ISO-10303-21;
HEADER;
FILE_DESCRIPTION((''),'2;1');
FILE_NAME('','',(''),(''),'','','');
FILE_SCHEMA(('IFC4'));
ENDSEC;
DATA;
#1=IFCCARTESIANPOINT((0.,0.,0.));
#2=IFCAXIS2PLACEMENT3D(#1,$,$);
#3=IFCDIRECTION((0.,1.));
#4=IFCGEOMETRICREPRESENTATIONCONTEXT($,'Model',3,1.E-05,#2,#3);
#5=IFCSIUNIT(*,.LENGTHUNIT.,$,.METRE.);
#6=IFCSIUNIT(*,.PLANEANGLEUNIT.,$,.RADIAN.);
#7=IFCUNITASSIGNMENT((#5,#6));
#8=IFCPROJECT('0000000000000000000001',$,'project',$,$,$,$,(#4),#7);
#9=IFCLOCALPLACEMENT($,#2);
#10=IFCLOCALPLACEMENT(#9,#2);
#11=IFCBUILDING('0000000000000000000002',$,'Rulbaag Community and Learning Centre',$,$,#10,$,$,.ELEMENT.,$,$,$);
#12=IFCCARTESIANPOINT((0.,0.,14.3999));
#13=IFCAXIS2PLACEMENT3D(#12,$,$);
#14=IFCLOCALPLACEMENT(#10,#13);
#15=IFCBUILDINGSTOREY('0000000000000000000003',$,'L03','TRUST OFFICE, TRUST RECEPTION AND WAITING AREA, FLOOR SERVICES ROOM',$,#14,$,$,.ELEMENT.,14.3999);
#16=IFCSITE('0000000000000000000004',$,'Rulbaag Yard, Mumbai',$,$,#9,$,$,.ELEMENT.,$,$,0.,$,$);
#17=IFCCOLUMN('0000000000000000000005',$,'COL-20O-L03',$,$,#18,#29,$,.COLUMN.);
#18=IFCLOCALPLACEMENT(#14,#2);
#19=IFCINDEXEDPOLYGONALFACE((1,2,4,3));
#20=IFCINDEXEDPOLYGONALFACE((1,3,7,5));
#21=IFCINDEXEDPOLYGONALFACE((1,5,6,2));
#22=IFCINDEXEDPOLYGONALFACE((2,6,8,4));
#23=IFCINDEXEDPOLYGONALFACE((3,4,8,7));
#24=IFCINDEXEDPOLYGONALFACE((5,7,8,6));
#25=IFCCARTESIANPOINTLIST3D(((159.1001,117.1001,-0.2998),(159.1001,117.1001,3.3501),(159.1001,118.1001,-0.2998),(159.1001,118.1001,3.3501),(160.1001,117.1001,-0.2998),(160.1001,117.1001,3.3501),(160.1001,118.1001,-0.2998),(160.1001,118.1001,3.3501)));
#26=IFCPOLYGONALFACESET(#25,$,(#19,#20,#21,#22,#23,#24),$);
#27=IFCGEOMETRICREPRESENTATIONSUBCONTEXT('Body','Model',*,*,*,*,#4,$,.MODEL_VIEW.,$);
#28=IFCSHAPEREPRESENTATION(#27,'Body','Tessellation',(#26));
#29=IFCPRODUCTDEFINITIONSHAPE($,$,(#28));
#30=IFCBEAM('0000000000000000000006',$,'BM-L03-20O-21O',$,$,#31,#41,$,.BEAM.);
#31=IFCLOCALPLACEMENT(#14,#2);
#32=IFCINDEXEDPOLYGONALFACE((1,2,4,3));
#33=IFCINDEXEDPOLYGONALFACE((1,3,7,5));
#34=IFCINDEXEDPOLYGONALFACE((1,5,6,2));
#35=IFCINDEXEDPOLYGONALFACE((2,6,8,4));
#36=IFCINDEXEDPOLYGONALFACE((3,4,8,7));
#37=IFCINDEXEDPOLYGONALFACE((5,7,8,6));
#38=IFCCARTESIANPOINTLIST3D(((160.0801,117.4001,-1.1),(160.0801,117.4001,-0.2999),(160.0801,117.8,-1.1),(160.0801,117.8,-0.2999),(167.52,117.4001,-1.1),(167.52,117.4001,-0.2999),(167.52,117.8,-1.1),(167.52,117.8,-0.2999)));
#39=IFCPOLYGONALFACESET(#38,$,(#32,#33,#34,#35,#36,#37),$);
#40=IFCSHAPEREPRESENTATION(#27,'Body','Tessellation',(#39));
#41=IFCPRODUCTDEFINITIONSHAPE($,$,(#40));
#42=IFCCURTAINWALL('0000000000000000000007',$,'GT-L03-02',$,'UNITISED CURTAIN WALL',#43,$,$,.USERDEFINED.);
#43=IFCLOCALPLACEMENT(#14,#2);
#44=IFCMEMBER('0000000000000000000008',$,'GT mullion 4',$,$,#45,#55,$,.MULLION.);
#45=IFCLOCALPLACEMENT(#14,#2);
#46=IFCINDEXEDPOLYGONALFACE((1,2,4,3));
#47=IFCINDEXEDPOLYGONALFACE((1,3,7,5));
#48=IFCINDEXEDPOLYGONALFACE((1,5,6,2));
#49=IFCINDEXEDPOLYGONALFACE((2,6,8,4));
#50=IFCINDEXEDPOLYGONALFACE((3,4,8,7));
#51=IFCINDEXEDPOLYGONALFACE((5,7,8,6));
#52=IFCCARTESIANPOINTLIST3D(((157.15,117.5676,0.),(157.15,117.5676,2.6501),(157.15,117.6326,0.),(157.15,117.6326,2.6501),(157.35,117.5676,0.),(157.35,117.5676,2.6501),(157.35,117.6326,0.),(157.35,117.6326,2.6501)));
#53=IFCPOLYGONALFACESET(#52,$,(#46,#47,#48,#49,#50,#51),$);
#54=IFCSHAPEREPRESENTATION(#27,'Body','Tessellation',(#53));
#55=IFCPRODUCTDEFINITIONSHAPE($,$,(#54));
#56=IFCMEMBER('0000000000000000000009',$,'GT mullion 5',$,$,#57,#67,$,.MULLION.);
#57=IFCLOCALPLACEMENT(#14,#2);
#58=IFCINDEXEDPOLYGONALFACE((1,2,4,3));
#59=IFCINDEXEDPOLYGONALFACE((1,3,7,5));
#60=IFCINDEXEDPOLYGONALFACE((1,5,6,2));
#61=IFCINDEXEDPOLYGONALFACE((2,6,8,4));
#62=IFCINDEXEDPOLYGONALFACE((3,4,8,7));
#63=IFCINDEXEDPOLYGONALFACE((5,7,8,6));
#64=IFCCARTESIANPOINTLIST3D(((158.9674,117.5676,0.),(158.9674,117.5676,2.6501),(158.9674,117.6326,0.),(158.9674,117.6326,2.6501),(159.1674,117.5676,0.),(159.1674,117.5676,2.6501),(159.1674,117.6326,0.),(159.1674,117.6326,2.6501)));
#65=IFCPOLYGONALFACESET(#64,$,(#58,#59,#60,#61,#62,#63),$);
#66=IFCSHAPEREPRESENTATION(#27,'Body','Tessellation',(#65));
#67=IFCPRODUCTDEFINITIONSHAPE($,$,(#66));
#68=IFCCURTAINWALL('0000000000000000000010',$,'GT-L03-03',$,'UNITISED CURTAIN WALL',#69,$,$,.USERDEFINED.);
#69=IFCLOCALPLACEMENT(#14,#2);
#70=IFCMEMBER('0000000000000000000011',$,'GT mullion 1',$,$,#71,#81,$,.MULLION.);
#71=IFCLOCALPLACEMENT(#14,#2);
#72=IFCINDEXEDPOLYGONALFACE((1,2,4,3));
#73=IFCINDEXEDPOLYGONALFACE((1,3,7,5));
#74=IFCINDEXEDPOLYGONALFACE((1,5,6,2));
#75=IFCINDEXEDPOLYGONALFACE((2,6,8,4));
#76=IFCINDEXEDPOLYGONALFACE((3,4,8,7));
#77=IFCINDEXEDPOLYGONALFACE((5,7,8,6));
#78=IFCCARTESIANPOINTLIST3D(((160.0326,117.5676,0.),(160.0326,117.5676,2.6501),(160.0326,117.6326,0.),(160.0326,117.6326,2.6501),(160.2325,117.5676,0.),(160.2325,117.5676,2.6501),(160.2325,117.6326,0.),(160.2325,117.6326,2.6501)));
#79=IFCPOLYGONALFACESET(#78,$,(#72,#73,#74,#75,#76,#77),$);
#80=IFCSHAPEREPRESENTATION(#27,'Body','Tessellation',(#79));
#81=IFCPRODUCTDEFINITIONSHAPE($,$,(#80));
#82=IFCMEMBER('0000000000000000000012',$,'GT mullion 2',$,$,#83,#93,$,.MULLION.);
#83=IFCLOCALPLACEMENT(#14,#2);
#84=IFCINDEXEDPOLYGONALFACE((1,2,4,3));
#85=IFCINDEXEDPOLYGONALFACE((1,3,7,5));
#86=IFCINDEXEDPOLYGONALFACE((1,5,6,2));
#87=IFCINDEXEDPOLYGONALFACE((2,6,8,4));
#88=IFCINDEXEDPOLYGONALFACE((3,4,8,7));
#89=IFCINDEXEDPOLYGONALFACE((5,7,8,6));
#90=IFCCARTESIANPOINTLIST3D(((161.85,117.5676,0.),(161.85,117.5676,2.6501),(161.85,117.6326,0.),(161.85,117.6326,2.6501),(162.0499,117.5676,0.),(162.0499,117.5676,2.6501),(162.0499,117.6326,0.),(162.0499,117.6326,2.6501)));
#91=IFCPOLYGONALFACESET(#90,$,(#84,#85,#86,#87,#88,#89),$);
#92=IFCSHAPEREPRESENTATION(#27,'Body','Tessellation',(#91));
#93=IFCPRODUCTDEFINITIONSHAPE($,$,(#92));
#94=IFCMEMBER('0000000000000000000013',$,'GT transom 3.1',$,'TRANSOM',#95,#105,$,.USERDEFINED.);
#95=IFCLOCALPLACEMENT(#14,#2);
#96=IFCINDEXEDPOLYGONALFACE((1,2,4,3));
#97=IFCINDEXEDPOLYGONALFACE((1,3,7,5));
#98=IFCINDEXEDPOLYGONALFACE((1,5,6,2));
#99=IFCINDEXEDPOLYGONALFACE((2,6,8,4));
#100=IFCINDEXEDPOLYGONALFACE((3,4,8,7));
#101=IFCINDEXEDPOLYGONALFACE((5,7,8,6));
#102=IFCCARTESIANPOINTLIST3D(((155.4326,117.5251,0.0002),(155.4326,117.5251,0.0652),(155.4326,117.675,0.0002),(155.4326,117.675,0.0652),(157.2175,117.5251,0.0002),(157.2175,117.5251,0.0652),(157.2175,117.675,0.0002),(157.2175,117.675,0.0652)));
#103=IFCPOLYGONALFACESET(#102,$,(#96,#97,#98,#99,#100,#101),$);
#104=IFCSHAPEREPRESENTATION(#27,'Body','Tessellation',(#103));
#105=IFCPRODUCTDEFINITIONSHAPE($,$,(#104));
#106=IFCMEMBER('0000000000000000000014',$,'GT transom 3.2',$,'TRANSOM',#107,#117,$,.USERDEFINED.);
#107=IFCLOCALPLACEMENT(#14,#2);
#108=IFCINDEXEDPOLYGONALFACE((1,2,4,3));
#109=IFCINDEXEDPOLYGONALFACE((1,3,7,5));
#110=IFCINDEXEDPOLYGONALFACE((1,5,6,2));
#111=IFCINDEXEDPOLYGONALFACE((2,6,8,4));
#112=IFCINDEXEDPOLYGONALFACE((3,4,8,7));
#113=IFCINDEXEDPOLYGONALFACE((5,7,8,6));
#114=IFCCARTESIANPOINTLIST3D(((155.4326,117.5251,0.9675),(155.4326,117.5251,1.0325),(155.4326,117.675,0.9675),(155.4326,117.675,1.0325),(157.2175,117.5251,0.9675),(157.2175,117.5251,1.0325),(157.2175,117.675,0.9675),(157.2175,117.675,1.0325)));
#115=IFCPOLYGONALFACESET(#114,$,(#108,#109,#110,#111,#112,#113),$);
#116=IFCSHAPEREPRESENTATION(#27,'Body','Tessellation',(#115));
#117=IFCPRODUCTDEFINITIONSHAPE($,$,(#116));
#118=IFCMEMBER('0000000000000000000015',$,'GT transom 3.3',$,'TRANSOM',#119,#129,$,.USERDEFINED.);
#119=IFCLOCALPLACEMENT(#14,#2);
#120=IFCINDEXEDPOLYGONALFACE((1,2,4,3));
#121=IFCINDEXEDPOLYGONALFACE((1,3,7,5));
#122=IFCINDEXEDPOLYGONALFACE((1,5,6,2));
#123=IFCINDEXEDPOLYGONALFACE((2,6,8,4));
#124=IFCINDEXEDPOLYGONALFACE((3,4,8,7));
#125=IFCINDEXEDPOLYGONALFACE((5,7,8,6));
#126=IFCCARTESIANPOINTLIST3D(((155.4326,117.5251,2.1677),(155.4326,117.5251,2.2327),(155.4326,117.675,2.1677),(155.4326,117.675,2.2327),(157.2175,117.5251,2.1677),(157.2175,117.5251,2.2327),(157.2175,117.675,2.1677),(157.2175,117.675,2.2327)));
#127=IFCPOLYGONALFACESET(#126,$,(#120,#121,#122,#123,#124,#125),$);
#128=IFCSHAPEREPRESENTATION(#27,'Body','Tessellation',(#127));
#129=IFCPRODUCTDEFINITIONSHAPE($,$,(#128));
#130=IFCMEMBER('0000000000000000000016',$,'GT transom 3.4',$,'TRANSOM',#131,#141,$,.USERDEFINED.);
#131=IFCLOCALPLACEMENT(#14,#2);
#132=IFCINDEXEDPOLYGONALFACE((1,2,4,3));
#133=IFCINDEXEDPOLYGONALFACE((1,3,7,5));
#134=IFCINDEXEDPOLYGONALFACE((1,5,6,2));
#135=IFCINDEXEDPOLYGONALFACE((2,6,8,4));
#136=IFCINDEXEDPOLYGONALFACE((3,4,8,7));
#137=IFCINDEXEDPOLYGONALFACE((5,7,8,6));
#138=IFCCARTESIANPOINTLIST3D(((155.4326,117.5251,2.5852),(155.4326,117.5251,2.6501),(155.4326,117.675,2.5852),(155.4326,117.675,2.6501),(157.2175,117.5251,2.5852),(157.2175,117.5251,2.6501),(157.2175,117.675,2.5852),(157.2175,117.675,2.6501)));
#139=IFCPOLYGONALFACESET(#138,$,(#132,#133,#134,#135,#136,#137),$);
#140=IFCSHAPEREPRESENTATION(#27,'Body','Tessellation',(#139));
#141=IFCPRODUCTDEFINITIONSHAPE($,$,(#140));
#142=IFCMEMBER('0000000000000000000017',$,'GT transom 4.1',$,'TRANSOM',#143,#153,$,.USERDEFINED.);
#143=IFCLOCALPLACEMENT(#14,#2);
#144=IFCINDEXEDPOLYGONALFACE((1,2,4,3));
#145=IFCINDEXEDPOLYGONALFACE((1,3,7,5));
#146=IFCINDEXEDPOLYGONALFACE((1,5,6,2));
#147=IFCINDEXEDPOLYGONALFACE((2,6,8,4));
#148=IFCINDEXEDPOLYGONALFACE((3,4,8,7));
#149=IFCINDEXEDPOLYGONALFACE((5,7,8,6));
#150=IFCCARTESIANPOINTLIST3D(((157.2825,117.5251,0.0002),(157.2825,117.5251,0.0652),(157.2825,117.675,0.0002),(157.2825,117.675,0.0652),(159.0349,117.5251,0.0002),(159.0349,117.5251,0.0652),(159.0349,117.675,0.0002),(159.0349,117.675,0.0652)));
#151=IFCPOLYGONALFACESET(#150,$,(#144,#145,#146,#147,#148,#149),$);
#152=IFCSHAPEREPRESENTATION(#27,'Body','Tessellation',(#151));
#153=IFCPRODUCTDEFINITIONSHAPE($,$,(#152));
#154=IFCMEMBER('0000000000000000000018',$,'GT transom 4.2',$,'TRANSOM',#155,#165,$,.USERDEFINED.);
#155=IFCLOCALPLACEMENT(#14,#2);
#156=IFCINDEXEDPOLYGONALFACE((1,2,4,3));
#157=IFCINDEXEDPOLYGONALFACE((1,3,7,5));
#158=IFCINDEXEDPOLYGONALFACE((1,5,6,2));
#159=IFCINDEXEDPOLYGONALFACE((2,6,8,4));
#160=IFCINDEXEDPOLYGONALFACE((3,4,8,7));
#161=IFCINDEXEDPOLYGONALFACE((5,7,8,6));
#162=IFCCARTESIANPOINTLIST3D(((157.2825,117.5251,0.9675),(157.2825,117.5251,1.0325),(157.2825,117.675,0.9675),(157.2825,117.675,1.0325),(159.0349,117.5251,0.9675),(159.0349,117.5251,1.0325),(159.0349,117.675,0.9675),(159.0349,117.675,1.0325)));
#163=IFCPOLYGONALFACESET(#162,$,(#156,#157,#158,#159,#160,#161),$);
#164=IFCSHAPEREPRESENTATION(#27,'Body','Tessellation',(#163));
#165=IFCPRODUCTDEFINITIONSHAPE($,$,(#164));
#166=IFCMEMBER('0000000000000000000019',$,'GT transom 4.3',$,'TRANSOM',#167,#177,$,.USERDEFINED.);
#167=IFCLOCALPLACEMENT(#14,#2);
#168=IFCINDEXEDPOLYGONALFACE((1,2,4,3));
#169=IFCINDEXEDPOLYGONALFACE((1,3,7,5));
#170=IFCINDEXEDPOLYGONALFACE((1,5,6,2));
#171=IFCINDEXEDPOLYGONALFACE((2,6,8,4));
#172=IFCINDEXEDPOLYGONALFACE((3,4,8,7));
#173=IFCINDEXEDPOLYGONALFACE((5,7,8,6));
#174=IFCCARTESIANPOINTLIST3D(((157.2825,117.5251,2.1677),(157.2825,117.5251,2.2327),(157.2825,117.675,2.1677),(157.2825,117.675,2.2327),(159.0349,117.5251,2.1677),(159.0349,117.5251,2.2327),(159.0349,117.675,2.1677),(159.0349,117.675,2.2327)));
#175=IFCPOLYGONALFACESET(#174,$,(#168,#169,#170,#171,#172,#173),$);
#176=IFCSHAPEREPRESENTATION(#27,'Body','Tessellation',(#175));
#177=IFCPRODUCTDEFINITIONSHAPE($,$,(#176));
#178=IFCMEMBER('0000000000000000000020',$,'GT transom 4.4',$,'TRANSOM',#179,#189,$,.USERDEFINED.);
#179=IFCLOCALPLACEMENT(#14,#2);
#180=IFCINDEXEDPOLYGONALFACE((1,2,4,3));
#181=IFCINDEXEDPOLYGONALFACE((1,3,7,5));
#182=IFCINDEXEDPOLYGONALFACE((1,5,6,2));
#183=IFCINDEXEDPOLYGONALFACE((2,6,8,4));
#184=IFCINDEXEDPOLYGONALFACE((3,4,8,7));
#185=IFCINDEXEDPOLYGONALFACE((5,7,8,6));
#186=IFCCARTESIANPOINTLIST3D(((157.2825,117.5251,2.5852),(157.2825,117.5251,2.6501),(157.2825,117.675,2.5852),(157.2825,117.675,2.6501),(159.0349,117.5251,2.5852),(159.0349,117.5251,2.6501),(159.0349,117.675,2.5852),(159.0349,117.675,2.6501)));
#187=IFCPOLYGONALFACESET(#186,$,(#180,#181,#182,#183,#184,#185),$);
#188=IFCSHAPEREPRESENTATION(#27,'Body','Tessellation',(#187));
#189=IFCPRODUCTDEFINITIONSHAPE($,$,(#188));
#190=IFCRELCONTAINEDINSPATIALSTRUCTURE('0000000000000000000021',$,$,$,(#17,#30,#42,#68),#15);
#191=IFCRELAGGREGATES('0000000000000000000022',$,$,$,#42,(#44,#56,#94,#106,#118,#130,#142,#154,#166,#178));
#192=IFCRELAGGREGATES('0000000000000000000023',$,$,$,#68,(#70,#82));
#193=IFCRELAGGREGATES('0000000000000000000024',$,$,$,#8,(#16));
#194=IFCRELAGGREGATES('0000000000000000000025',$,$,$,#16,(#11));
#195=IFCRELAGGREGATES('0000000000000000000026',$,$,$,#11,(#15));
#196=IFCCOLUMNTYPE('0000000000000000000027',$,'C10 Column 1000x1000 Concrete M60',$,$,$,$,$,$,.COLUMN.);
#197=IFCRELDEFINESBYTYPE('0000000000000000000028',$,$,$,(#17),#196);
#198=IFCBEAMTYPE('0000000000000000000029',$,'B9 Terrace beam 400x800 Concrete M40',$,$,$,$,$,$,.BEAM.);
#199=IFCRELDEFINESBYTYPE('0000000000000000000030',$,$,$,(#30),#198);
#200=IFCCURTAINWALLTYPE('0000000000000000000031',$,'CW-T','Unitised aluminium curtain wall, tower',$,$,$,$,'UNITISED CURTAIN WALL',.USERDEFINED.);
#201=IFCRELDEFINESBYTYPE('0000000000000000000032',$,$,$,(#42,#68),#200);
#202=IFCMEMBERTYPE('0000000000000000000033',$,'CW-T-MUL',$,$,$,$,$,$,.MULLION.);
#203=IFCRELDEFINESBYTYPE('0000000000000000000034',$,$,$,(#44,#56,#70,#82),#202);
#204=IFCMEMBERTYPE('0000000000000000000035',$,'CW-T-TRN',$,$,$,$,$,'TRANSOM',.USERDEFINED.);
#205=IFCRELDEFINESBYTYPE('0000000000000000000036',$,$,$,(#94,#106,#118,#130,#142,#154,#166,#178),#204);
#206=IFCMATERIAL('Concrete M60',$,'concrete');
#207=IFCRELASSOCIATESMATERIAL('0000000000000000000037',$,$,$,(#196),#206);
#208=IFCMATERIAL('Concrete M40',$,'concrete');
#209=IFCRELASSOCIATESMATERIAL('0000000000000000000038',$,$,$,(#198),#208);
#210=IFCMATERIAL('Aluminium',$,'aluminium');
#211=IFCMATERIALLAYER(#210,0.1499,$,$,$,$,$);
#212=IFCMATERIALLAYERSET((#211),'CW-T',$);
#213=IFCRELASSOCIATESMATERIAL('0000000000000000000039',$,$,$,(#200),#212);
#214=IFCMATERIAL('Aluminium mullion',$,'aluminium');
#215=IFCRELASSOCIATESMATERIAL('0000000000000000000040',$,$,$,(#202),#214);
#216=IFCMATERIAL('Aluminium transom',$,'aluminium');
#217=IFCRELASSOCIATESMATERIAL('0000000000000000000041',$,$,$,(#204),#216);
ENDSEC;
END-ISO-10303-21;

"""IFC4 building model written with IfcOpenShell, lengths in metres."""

from ifc_helpers import new_model, si_unit, direction, frame, origin, origin_2d, place, context, subcontext, project, spatial, rectangle, extrude, material, layer, layer_set, material_profile, profile_set, type_object, element, aggregate, save


model = new_model("IFC4")

# Units and contexts
model_context = context("Model", 3, precision=1e-05, world=origin(), true_north=direction((0.0, 1.0)))
body_context = subcontext(model_context, "Body", "Model", "MODEL_VIEW")
ifc_project = project(units=[si_unit("LENGTHUNIT", "METRE"), si_unit("PLANEANGLEUNIT", "RADIAN")], contexts=[model_context])

# Site, building, storey
site_placement = place(None, origin())
site = spatial("IfcSite", under=ifc_project, at=site_placement, Name="Rulbaag Yard, Mumbai", CompositionType="ELEMENT", RefElevation=0.0)
building_placement = place(site_placement, origin())
building = spatial("IfcBuilding", under=site, at=building_placement, Name="Rulbaag Community and Learning Centre", CompositionType="ELEMENT")
storey_placement = place(building_placement, frame((0.0, 0.0, 14.3999)))
storey = spatial("IfcBuildingStorey", under=building, at=storey_placement, Name="L03", Description="TRUST OFFICE, TRUST RECEPTION AND WAITING AREA, FLOOR SERVICES ROOM", CompositionType="ELEMENT", Elevation=14.3999)

# Column
ifc_material_1 = material(Name="Concrete M60", Category="concrete")
ifc_material_profile_1 = material_profile(ifc_material_1, rectangle(XDim=1.0, YDim=1.0, at=origin_2d()), Name="RC1000x1000")
ifc_profile_set_1 = profile_set([ifc_material_profile_1], Name="Concrete M60")
column_type = type_object("IfcColumnType", Name="C10 Column 1000x1000 Concrete M60", PredefinedType="COLUMN", material=ifc_profile_set_1)
column_placement = place(storey_placement, frame((159.6001, 117.6001, -0.2998), z_axis=(0.0, 0.0, 1.0), x_axis=(1.0, 0.0, 0.0)))
element("IfcColumn", 1, at=column_placement, inside=storey, type_object=column_type, Name="COL-20O-L03", PredefinedType="COLUMN", context=body_context, shape_type="SweptSolid", body=[
    extrude(rectangle(XDim=1.0, YDim=1.0, at=origin_2d()), origin(), (0.0, 0.0, 1.0), 3.6499),
])

# Beam
ifc_material_2 = material(Name="Concrete M40", Category="concrete")
ifc_material_profile_2 = material_profile(ifc_material_2, rectangle(XDim=0.3999, YDim=0.8, at=origin_2d()), Name="RB400x800")
ifc_profile_set_2 = profile_set([ifc_material_profile_2], Name="Concrete M40")
beam_type = type_object("IfcBeamType", Name="B9 Terrace beam 400x800 Concrete M40", PredefinedType="BEAM", material=ifc_profile_set_2)
beam_placement = place(storey_placement, frame((160.0801, 117.6001, -0.7), z_axis=(1.0, 0.0, 0.0), x_axis=(0.0, 1.0, 0.0)))
element("IfcBeam", 2, at=beam_placement, inside=storey, type_object=beam_type, Name="BM-L03-20O-21O", PredefinedType="BEAM", context=body_context, shape_type="SweptSolid", body=[
    extrude(rectangle(XDim=0.3999, YDim=0.8, at=origin_2d()), origin(), (0.0, 0.0, 1.0), 7.4399),
])

# Curtain walls, members
ifc_material_3 = material(Name="Aluminium", Category="aluminium")
ifc_layer_1 = layer(ifc_material_3, 0.1499)
ifc_layer_set_1 = layer_set([ifc_layer_1], Name="CW-T")
curtain_wall_type = type_object("IfcCurtainWallType", Name="CW-T", Description="Unitised aluminium curtain wall, tower", ElementType="UNITISED CURTAIN WALL", PredefinedType="USERDEFINED", material=ifc_layer_set_1)
curtain_wall_1_placement = place(storey_placement, origin())
curtain_wall_1 = element("IfcCurtainWall", 3, at=curtain_wall_1_placement, inside=storey, type_object=curtain_wall_type, Name="GT-L03-02", ObjectType="UNITISED CURTAIN WALL", PredefinedType="USERDEFINED")
ifc_material_4 = material(Name="Aluminium mullion", Category="aluminium")
ifc_material_profile_3 = material_profile(ifc_material_4, rectangle(XDim=0.0649, YDim=0.2, at=origin_2d()), Name="AL 65x200")
ifc_profile_set_3 = profile_set([ifc_material_profile_3], Name="Aluminium mullion")
member_type_1 = type_object("IfcMemberType", Name="CW-T-MUL", PredefinedType="MULLION", material=ifc_profile_set_3)
member_1_placement = place(storey_placement, frame((157.25, 117.6001, 0.0), z_axis=(0.0, 0.0, 1.0), x_axis=(0.0, 1.0, 0.0)))
member_1 = element("IfcMember", 4, at=member_1_placement, type_object=member_type_1, Name="GT mullion 4", PredefinedType="MULLION", context=body_context, shape_type="SweptSolid", body=[
    extrude(rectangle(XDim=0.0649, YDim=0.2, at=origin_2d()), origin(), (0.0, 0.0, 1.0), 2.6501),
])
member_2_placement = place(storey_placement, frame((159.0674, 117.6001, 0.0), z_axis=(0.0, 0.0, 1.0), x_axis=(0.0, 1.0, 0.0)))
member_2 = element("IfcMember", 5, at=member_2_placement, type_object=member_type_1, Name="GT mullion 5", PredefinedType="MULLION", context=body_context, shape_type="SweptSolid", body=[
    extrude(rectangle(XDim=0.0649, YDim=0.2, at=origin_2d()), origin(), (0.0, 0.0, 1.0), 2.6501),
])
curtain_wall_2_placement = place(storey_placement, origin())
curtain_wall_2 = element("IfcCurtainWall", 6, at=curtain_wall_2_placement, inside=storey, type_object=curtain_wall_type, Name="GT-L03-03", ObjectType="UNITISED CURTAIN WALL", PredefinedType="USERDEFINED")
member_3_placement = place(storey_placement, frame((160.1326, 117.6001, 0.0), z_axis=(0.0, 0.0, 1.0), x_axis=(0.0, 1.0, 0.0)))
member_3 = element("IfcMember", 7, at=member_3_placement, type_object=member_type_1, Name="GT mullion 1", PredefinedType="MULLION", context=body_context, shape_type="SweptSolid", body=[
    extrude(rectangle(XDim=0.0649, YDim=0.2, at=origin_2d()), origin(), (0.0, 0.0, 1.0), 2.6501),
])
member_4_placement = place(storey_placement, frame((161.95, 117.6001, 0.0), z_axis=(0.0, 0.0, 1.0), x_axis=(0.0, 1.0, 0.0)))
member_4 = element("IfcMember", 8, at=member_4_placement, type_object=member_type_1, Name="GT mullion 2", PredefinedType="MULLION", context=body_context, shape_type="SweptSolid", body=[
    extrude(rectangle(XDim=0.0649, YDim=0.2, at=origin_2d()), origin(), (0.0, 0.0, 1.0), 2.6501),
])

# Members
ifc_material_5 = material(Name="Aluminium transom", Category="aluminium")
ifc_material_profile_4 = material_profile(ifc_material_5, rectangle(XDim=0.1499, YDim=0.0649, at=origin_2d()), Name="AL 65x150 T")
ifc_profile_set_4 = profile_set([ifc_material_profile_4], Name="Aluminium transom")
member_type_2 = type_object("IfcMemberType", Name="CW-T-TRN", ElementType="TRANSOM", PredefinedType="USERDEFINED", material=ifc_profile_set_4)
member_5_placement = place(storey_placement, frame((155.4326, 117.6001, 0.0327), z_axis=(1.0, 0.0, 0.0), x_axis=(0.0, 1.0, 0.0)))
member_5 = element("IfcMember", 9, at=member_5_placement, type_object=member_type_2, Name="GT transom 3.1", ObjectType="TRANSOM", PredefinedType="USERDEFINED", context=body_context, shape_type="SweptSolid", body=[
    extrude(rectangle(XDim=0.1499, YDim=0.0649, at=origin_2d()), origin(), (0.0, 0.0, 1.0), 1.7849),
])
member_6_placement = place(storey_placement, frame((155.4326, 117.6001, 1.0), z_axis=(1.0, 0.0, 0.0), x_axis=(0.0, 1.0, 0.0)))
member_6 = element("IfcMember", 10, at=member_6_placement, type_object=member_type_2, Name="GT transom 3.2", ObjectType="TRANSOM", PredefinedType="USERDEFINED", context=body_context, shape_type="SweptSolid", body=[
    extrude(rectangle(XDim=0.1499, YDim=0.0649, at=origin_2d()), origin(), (0.0, 0.0, 1.0), 1.7849),
])
member_7_placement = place(storey_placement, frame((155.4326, 117.6001, 2.2002), z_axis=(1.0, 0.0, 0.0), x_axis=(0.0, 1.0, 0.0)))
member_7 = element("IfcMember", 11, at=member_7_placement, type_object=member_type_2, Name="GT transom 3.3", ObjectType="TRANSOM", PredefinedType="USERDEFINED", context=body_context, shape_type="SweptSolid", body=[
    extrude(rectangle(XDim=0.1499, YDim=0.0649, at=origin_2d()), origin(), (0.0, 0.0, 1.0), 1.7849),
])
member_8_placement = place(storey_placement, frame((155.4326, 117.6001, 2.6177), z_axis=(1.0, 0.0, 0.0), x_axis=(0.0, 1.0, 0.0)))
member_8 = element("IfcMember", 12, at=member_8_placement, type_object=member_type_2, Name="GT transom 3.4", ObjectType="TRANSOM", PredefinedType="USERDEFINED", context=body_context, shape_type="SweptSolid", body=[
    extrude(rectangle(XDim=0.1499, YDim=0.0649, at=origin_2d()), origin(), (0.0, 0.0, 1.0), 1.7849),
])
member_9_placement = place(storey_placement, frame((157.2825, 117.6001, 0.0327), z_axis=(1.0, 0.0, 0.0), x_axis=(0.0, 1.0, 0.0)))
member_9 = element("IfcMember", 13, at=member_9_placement, type_object=member_type_2, Name="GT transom 4.1", ObjectType="TRANSOM", PredefinedType="USERDEFINED", context=body_context, shape_type="SweptSolid", body=[
    extrude(rectangle(XDim=0.1499, YDim=0.0649, at=origin_2d()), origin(), (0.0, 0.0, 1.0), 1.7524),
])
member_10_placement = place(storey_placement, frame((157.2825, 117.6001, 1.0), z_axis=(1.0, 0.0, 0.0), x_axis=(0.0, 1.0, 0.0)))
member_10 = element("IfcMember", 14, at=member_10_placement, type_object=member_type_2, Name="GT transom 4.2", ObjectType="TRANSOM", PredefinedType="USERDEFINED", context=body_context, shape_type="SweptSolid", body=[
    extrude(rectangle(XDim=0.1499, YDim=0.0649, at=origin_2d()), origin(), (0.0, 0.0, 1.0), 1.7524),
])
member_11_placement = place(storey_placement, frame((157.2825, 117.6001, 2.2002), z_axis=(1.0, 0.0, 0.0), x_axis=(0.0, 1.0, 0.0)))
member_11 = element("IfcMember", 15, at=member_11_placement, type_object=member_type_2, Name="GT transom 4.3", ObjectType="TRANSOM", PredefinedType="USERDEFINED", context=body_context, shape_type="SweptSolid", body=[
    extrude(rectangle(XDim=0.1499, YDim=0.0649, at=origin_2d()), origin(), (0.0, 0.0, 1.0), 1.7524),
])
member_12_placement = place(storey_placement, frame((157.2825, 117.6001, 2.6177), z_axis=(1.0, 0.0, 0.0), x_axis=(0.0, 1.0, 0.0)))
member_12 = element("IfcMember", 16, at=member_12_placement, type_object=member_type_2, Name="GT transom 4.4", ObjectType="TRANSOM", PredefinedType="USERDEFINED", context=body_context, shape_type="SweptSolid", body=[
    extrude(rectangle(XDim=0.1499, YDim=0.0649, at=origin_2d()), origin(), (0.0, 0.0, 1.0), 1.7524),
])

aggregate(curtain_wall_1, [member_1, member_2, member_5, member_6, member_7, member_8, member_9, member_10, member_11, member_12])
aggregate(curtain_wall_2, [member_3, member_4])

save(model, "model.ifc")
